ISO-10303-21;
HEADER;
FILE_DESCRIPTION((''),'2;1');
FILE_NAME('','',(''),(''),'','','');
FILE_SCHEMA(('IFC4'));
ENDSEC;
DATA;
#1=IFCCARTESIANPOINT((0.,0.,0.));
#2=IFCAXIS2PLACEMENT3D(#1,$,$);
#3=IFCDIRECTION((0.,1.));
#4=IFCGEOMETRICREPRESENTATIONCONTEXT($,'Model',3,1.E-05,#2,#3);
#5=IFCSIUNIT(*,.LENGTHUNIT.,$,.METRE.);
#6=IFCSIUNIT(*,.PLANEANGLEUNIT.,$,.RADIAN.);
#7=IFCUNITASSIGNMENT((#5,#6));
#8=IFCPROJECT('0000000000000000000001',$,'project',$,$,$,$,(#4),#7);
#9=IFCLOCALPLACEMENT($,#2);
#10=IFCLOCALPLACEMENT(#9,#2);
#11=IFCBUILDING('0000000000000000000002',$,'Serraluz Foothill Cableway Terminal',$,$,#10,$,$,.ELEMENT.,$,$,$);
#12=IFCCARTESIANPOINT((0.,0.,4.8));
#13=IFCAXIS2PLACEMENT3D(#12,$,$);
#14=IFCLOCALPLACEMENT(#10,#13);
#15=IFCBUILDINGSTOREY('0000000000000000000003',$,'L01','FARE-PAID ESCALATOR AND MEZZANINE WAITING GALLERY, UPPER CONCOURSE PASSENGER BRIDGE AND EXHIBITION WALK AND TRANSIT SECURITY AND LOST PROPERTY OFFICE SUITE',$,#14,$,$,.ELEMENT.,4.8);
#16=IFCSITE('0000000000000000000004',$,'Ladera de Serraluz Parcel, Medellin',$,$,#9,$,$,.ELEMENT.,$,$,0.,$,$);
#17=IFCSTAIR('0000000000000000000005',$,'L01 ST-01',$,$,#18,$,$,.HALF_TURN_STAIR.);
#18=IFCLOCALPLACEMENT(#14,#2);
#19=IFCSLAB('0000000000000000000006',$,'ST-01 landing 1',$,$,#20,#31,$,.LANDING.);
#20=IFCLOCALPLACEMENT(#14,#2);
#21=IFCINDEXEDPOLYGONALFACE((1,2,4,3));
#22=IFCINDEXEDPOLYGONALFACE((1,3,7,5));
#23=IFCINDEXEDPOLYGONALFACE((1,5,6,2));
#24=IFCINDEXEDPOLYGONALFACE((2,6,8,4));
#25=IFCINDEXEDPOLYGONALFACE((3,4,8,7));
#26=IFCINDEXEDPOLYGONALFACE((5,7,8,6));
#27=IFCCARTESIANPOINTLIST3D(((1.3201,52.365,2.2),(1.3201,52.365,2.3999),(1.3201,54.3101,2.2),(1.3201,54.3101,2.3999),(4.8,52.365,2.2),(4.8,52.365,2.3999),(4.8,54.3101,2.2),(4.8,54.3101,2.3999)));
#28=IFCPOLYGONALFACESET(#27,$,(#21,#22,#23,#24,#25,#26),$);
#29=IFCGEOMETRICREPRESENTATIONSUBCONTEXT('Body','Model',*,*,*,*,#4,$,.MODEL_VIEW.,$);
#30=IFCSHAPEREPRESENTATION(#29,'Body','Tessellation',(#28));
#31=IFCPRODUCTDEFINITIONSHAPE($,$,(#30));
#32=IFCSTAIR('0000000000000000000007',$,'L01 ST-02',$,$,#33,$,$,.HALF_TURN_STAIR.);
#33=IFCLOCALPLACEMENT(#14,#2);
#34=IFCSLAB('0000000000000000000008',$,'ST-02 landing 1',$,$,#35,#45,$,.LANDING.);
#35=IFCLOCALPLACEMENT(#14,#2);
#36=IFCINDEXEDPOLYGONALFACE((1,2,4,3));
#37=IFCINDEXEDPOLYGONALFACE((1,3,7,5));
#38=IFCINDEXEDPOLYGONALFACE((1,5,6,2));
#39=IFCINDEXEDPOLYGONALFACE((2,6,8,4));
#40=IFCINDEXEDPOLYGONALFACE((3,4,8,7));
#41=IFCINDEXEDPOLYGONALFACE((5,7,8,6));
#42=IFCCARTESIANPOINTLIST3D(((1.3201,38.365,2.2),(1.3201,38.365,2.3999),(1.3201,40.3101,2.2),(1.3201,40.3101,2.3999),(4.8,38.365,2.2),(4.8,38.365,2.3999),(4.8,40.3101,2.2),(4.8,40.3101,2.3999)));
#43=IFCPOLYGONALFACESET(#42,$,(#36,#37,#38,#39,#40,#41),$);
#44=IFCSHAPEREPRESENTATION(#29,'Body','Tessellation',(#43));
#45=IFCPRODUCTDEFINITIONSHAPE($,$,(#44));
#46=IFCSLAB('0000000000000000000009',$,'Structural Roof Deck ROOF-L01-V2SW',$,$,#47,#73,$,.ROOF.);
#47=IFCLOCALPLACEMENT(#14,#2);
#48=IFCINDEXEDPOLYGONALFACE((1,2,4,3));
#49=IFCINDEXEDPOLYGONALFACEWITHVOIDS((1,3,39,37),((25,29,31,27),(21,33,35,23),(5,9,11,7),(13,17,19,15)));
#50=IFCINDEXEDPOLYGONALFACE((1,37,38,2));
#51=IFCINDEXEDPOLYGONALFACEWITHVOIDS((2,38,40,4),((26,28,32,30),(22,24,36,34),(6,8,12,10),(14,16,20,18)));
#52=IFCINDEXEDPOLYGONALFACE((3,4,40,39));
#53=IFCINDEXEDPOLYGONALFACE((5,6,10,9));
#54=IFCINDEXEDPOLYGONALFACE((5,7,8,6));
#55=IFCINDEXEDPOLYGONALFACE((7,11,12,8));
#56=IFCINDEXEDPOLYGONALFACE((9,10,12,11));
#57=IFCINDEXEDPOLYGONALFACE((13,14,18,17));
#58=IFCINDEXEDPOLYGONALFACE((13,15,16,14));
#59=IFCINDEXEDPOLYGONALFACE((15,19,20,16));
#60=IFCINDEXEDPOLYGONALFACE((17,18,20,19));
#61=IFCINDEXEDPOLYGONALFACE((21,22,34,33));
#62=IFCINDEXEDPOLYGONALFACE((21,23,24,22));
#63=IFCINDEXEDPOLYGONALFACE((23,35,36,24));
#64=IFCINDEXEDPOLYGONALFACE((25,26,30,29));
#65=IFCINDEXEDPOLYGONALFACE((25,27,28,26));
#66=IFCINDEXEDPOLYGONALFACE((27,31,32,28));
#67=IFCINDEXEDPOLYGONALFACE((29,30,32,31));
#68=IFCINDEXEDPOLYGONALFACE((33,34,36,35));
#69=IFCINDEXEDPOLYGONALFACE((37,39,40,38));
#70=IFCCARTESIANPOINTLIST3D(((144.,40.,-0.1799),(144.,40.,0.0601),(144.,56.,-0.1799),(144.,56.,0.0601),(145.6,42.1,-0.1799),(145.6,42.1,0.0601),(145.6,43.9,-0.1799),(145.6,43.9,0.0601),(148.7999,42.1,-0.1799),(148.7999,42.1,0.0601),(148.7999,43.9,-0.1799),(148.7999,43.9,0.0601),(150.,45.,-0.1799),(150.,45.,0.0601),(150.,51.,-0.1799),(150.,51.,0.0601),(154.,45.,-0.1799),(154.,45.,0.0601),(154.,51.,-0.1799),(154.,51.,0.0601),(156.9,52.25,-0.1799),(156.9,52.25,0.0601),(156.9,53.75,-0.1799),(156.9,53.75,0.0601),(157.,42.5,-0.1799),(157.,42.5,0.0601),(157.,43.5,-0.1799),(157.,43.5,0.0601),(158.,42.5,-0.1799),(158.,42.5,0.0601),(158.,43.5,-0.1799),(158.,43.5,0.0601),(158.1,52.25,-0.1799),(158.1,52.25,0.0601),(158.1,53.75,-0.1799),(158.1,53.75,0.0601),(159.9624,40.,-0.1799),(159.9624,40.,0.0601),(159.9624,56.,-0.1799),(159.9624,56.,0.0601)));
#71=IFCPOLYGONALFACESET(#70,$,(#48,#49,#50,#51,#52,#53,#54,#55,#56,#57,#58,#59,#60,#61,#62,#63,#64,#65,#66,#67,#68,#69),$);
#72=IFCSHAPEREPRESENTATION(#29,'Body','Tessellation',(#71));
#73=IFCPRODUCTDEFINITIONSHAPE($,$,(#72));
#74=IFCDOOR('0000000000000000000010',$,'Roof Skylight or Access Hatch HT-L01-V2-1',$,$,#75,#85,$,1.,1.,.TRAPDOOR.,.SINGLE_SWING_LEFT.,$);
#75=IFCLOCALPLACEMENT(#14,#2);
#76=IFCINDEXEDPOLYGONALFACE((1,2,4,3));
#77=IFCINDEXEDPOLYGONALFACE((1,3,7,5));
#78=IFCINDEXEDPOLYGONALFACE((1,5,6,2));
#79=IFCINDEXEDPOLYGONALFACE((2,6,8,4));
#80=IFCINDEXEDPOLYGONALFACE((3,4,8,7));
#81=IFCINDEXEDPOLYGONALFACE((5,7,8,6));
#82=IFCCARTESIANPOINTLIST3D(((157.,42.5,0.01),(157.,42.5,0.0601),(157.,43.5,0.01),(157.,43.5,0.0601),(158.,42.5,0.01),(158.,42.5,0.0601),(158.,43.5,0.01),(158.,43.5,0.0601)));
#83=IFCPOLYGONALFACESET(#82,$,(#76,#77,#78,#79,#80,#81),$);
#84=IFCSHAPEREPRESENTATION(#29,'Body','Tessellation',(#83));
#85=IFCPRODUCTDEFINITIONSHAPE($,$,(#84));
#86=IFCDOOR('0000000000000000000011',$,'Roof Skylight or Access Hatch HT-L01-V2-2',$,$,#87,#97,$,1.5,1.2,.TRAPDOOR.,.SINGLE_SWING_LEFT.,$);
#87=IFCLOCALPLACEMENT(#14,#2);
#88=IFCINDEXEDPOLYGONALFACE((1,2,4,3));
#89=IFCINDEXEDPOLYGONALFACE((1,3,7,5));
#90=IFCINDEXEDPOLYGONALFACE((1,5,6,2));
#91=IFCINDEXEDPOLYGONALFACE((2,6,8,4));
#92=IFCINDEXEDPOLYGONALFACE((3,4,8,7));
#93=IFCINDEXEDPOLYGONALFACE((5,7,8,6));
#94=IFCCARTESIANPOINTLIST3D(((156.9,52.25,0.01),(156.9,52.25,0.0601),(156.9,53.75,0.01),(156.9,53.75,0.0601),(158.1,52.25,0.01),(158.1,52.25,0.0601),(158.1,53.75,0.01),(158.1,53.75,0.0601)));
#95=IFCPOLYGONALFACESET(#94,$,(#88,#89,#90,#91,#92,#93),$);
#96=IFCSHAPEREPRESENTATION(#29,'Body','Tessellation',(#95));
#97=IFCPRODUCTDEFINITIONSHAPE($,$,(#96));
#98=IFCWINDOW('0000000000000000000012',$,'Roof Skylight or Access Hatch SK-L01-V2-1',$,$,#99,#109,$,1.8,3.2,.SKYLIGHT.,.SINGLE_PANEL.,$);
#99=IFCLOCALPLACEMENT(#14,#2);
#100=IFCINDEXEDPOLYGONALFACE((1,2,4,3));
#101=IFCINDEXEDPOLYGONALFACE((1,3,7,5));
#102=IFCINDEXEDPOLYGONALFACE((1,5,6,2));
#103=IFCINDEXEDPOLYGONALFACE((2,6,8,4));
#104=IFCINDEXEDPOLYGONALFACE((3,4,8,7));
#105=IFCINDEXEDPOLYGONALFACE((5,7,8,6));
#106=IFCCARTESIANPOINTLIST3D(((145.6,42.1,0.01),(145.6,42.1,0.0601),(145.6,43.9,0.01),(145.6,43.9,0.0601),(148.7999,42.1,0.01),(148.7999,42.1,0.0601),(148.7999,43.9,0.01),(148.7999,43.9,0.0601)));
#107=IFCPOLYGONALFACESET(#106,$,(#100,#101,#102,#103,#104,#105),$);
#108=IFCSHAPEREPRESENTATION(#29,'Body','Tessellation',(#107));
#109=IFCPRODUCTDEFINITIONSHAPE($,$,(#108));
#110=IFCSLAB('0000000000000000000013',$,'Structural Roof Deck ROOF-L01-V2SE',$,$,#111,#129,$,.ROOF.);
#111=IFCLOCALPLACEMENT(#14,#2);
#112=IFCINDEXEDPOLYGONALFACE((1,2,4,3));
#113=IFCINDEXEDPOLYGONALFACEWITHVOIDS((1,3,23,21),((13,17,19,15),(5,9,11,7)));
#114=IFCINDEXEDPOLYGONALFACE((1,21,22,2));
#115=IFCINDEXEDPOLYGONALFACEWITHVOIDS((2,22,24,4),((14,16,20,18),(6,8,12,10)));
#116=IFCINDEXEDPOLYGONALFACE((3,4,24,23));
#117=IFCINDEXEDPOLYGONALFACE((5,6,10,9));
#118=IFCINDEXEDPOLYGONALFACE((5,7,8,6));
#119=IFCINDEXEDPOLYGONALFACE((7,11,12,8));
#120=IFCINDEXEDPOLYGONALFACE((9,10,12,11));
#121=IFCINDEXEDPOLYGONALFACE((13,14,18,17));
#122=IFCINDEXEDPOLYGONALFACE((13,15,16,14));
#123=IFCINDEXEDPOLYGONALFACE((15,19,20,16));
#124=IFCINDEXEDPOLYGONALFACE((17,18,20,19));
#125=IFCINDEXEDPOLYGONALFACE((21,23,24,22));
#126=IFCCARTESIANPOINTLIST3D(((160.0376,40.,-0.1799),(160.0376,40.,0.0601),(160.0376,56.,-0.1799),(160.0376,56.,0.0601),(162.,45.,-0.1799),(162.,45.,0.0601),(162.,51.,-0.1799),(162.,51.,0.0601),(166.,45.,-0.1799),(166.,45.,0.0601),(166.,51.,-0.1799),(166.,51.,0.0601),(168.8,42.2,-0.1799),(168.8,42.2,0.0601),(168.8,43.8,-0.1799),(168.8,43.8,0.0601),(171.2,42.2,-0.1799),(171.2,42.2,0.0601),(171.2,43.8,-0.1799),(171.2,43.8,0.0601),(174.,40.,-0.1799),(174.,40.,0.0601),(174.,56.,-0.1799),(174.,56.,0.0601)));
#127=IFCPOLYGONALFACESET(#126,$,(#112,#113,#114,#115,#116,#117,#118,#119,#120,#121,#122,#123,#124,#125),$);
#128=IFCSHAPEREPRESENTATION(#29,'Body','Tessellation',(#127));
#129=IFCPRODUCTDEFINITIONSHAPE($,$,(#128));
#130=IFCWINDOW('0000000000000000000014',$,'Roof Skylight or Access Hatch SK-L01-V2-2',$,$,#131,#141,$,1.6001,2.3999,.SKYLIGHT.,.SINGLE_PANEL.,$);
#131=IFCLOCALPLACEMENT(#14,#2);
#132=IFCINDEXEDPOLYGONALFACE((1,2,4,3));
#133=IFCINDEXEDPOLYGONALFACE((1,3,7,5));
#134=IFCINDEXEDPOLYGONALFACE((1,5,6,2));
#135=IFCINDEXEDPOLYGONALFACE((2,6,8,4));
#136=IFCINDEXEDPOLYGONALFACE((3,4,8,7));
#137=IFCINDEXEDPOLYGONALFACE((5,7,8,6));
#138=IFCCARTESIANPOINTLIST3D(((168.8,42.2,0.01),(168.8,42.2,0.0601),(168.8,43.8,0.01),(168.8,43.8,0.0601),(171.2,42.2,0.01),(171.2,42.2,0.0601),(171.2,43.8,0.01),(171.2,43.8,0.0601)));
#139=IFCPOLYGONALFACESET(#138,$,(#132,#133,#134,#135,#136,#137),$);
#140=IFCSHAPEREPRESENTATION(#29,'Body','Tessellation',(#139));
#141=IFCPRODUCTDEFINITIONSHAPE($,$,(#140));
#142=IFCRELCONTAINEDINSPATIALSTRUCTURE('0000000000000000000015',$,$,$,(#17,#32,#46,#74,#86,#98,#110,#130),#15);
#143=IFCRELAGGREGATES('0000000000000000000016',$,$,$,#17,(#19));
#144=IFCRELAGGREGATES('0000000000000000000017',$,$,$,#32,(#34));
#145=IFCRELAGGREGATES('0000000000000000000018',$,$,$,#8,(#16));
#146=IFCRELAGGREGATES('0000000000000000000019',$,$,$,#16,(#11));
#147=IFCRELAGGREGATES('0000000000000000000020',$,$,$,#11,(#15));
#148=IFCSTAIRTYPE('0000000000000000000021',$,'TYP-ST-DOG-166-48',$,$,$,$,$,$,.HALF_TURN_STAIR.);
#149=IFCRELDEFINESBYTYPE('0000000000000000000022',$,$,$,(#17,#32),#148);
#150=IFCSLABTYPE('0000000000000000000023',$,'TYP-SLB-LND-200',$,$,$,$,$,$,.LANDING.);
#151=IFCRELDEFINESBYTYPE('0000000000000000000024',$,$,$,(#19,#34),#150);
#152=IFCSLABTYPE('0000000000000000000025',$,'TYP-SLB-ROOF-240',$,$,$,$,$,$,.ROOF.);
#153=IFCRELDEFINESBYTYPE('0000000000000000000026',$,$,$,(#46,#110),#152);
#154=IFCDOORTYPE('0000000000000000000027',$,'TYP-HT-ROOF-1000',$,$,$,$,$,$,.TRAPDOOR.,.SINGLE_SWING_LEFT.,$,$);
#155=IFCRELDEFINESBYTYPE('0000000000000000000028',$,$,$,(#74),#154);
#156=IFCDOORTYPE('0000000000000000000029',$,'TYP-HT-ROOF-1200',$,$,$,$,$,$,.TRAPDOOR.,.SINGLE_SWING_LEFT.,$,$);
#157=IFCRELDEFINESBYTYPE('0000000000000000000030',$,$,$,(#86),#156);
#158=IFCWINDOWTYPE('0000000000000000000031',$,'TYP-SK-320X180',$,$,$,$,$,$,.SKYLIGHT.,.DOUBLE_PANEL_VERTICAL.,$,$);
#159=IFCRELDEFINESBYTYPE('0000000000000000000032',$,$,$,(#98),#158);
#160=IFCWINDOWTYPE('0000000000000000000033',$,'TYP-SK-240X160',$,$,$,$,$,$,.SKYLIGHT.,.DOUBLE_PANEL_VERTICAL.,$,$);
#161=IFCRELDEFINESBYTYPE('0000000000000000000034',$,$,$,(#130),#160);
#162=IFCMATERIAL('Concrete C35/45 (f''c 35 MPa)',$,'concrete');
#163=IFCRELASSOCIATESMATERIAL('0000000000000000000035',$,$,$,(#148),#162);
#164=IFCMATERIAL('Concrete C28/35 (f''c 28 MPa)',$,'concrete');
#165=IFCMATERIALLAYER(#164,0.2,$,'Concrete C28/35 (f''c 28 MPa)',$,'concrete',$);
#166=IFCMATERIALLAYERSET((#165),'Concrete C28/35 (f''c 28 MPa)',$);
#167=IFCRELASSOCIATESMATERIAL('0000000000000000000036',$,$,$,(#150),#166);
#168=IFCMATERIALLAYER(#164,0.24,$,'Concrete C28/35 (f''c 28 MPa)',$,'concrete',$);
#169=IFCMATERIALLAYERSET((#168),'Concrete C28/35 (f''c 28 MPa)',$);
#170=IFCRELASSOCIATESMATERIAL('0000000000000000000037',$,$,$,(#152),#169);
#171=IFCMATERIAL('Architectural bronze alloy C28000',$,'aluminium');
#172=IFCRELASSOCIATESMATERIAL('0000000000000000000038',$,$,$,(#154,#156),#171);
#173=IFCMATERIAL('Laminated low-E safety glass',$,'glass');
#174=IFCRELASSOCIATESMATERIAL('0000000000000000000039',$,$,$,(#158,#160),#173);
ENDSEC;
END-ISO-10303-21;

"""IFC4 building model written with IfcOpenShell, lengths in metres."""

from ifc_helpers import new_model, si_unit, direction, frame, origin, origin_2d, place, context, subcontext, project, spatial, polyline, rectangle, outline, extrude, material, layer, layer_set, type_object, element, fill, aggregate, save


model = new_model("IFC4")

# Units and contexts
model_context = context("Model", 3, precision=1e-05, world=origin(), true_north=direction((0.0, 1.0)))
body_context = subcontext(model_context, "Body", "Model", "MODEL_VIEW")
ifc_project = project(units=[si_unit("LENGTHUNIT", "METRE"), si_unit("PLANEANGLEUNIT", "RADIAN")], contexts=[model_context])

# Site, building, storey
site_placement = place(None, origin())
site = spatial("IfcSite", under=ifc_project, at=site_placement, Name="Ladera de Serraluz Parcel, Medellin", CompositionType="ELEMENT", RefElevation=0.0)
building_placement = place(site_placement, origin())
building = spatial("IfcBuilding", under=site, at=building_placement, Name="Serraluz Foothill Cableway Terminal", CompositionType="ELEMENT")
storey_placement = place(building_placement, frame((0.0, 0.0, 4.8)))
storey = spatial("IfcBuildingStorey", under=building, at=storey_placement, Name="L01", Description="FARE-PAID ESCALATOR AND MEZZANINE WAITING GALLERY, UPPER CONCOURSE PASSENGER BRIDGE AND EXHIBITION WALK AND TRANSIT SECURITY AND LOST PROPERTY OFFICE SUITE", CompositionType="ELEMENT", Elevation=4.8)

# Stairs, slabs
ifc_material_1 = material(Name="Concrete C35/45 (f'c 35 MPa)", Category="concrete")
stair_type = type_object("IfcStairType", Name="TYP-ST-DOG-166-48", PredefinedType="HALF_TURN_STAIR", material=ifc_material_1)
stair_1_placement = place(storey_placement, origin())
stair_1 = element("IfcStair", 1, at=stair_1_placement, inside=storey, type_object=stair_type, Name="L01 ST-01", PredefinedType="HALF_TURN_STAIR")
ifc_material_2 = material(Name="Concrete C28/35 (f'c 28 MPa)", Category="concrete")
ifc_layer_1 = layer(ifc_material_2, 0.2, Name="Concrete C28/35 (f'c 28 MPa)", Category="concrete")
ifc_layer_set_1 = layer_set([ifc_layer_1], Name="Concrete C28/35 (f'c 28 MPa)")
slab_type_1 = type_object("IfcSlabType", Name="TYP-SLB-LND-200", PredefinedType="LANDING", material=ifc_layer_set_1)
slab_1_placement = place(storey_placement, frame((0.0, 0.0, 2.2)))
slab_1 = element("IfcSlab", 2, at=slab_1_placement, type_object=slab_type_1, Name="ST-01 landing 1", PredefinedType="LANDING", context=body_context, shape_type="SweptSolid", body=[
    extrude(outline(polyline([(4.8, 52.365), (4.8, 54.3101), (1.3201, 54.3101), (1.3201, 52.365), (4.8, 52.365)])), origin(), (0.0, 0.0, 1.0), 0.2),
])
aggregate(stair_1, [slab_1])
stair_2_placement = place(storey_placement, origin())
stair_2 = element("IfcStair", 3, at=stair_2_placement, inside=storey, type_object=stair_type, Name="L01 ST-02", PredefinedType="HALF_TURN_STAIR")
slab_2_placement = place(storey_placement, frame((0.0, 0.0, 2.2)))
slab_2 = element("IfcSlab", 4, at=slab_2_placement, type_object=slab_type_1, Name="ST-02 landing 1", PredefinedType="LANDING", context=body_context, shape_type="SweptSolid", body=[
    extrude(outline(polyline([(4.8, 38.365), (4.8, 40.3101), (1.3201, 40.3101), (1.3201, 38.365), (4.8, 38.365)])), origin(), (0.0, 0.0, 1.0), 0.2),
])
aggregate(stair_2, [slab_2])

# Slab, openings, doors, window
ifc_layer_2 = layer(ifc_material_2, 0.24, Name="Concrete C28/35 (f'c 28 MPa)", Category="concrete")
ifc_layer_set_2 = layer_set([ifc_layer_2], Name="Concrete C28/35 (f'c 28 MPa)")
slab_type_2 = type_object("IfcSlabType", Name="TYP-SLB-ROOF-240", PredefinedType="ROOF", material=ifc_layer_set_2)
slab_3_placement = place(storey_placement, frame((0.0, 0.0, -0.1799)))
slab_3 = element("IfcSlab", 5, at=slab_3_placement, inside=storey, type_object=slab_type_2, Name="Structural Roof Deck ROOF-L01-V2SW", PredefinedType="ROOF", context=body_context, shape_type="SweptSolid", body=[
    extrude(outline(polyline([(144.0, 40.0), (159.9624, 40.0), (159.9624, 56.0), (144.0, 56.0), (144.0, 40.0)]), holes=[polyline([(150.0, 45.0), (154.0, 45.0), (154.0, 51.0), (150.0, 51.0), (150.0, 45.0)])]), origin(), (0.0, 0.0, 1.0), 0.24),
])
opening_1_placement = place(slab_3_placement, frame((147.2, 43.0, -0.01)))
opening_1 = element("IfcOpeningElement", 6, at=opening_1_placement, cuts=slab_3, PredefinedType="OPENING", context=body_context, shape_type="SweptSolid", body=[
    extrude(rectangle(XDim=3.2, YDim=1.8, at=origin_2d()), origin(), (0.0, 0.0, 1.0), 0.26),
])
opening_2_placement = place(slab_3_placement, frame((157.5, 43.0, -0.01)))
opening_2 = element("IfcOpeningElement", 7, at=opening_2_placement, cuts=slab_3, PredefinedType="OPENING", context=body_context, shape_type="SweptSolid", body=[
    extrude(rectangle(XDim=1.0, YDim=1.0, at=origin_2d()), origin(), (0.0, 0.0, 1.0), 0.26),
])
opening_3_placement = place(slab_3_placement, frame((157.5, 53.0, -0.01)))
opening_3 = element("IfcOpeningElement", 8, at=opening_3_placement, cuts=slab_3, PredefinedType="OPENING", context=body_context, shape_type="SweptSolid", body=[
    extrude(rectangle(XDim=1.2, YDim=1.5, at=origin_2d()), origin(), (0.0, 0.0, 1.0), 0.26),
])
ifc_material_3 = material(Name="Architectural bronze alloy C28000", Category="aluminium")
door_type_1 = type_object("IfcDoorType", Name="TYP-HT-ROOF-1000", OperationType="SINGLE_SWING_LEFT", PredefinedType="TRAPDOOR", material=ifc_material_3)
door_1_placement = place(slab_3_placement, frame((157.5, 43.0, 0.1899)))
door_1 = element("IfcDoor", 9, at=door_1_placement, inside=storey, type_object=door_type_1, Name="Roof Skylight or Access Hatch HT-L01-V2-1", OperationType="SINGLE_SWING_LEFT", OverallHeight=1.0, OverallWidth=1.0, PredefinedType="TRAPDOOR", context=body_context, shape_type="SweptSolid", body=[
    extrude(rectangle(XDim=1.0, YDim=1.0, at=origin_2d()), origin(), (0.0, 0.0, 1.0), 0.05),
])
fill(opening_2, door_1)
door_type_2 = type_object("IfcDoorType", Name="TYP-HT-ROOF-1200", OperationType="SINGLE_SWING_LEFT", PredefinedType="TRAPDOOR", material=ifc_material_3)
door_2_placement = place(slab_3_placement, frame((157.5, 53.0, 0.1899)))
door_2 = element("IfcDoor", 10, at=door_2_placement, inside=storey, type_object=door_type_2, Name="Roof Skylight or Access Hatch HT-L01-V2-2", OperationType="SINGLE_SWING_LEFT", OverallHeight=1.5, OverallWidth=1.2, PredefinedType="TRAPDOOR", context=body_context, shape_type="SweptSolid", body=[
    extrude(rectangle(XDim=1.2, YDim=1.5, at=origin_2d()), origin(), (0.0, 0.0, 1.0), 0.05),
])
fill(opening_3, door_2)
ifc_material_4 = material(Name="Laminated low-E safety glass", Category="glass")
window_type_1 = type_object("IfcWindowType", Name="TYP-SK-320X180", PartitioningType="DOUBLE_PANEL_VERTICAL", PredefinedType="SKYLIGHT", material=ifc_material_4)
window_1_placement = place(slab_3_placement, frame((147.2, 43.0, 0.1899)))
window_1 = element("IfcWindow", 11, at=window_1_placement, inside=storey, type_object=window_type_1, Name="Roof Skylight or Access Hatch SK-L01-V2-1", OverallHeight=1.8, OverallWidth=3.2, PartitioningType="SINGLE_PANEL", PredefinedType="SKYLIGHT", context=body_context, shape_type="SweptSolid", body=[
    extrude(rectangle(XDim=3.2, YDim=1.8, at=origin_2d()), origin(), (0.0, 0.0, 1.0), 0.05),
])
fill(opening_1, window_1)

# Slab, opening, window
slab_4_placement = place(storey_placement, frame((0.0, 0.0, -0.1799)))
slab_4 = element("IfcSlab", 12, at=slab_4_placement, inside=storey, type_object=slab_type_2, Name="Structural Roof Deck ROOF-L01-V2SE", PredefinedType="ROOF", context=body_context, shape_type="SweptSolid", body=[
    extrude(outline(polyline([(160.0376, 40.0), (174.0, 40.0), (174.0, 56.0), (160.0376, 56.0), (160.0376, 40.0)]), holes=[polyline([(162.0, 45.0), (166.0, 45.0), (166.0, 51.0), (162.0, 51.0), (162.0, 45.0)])]), origin(), (0.0, 0.0, 1.0), 0.24),
])
opening_4_placement = place(slab_4_placement, frame((170.0, 43.0, -0.01)))
opening_4 = element("IfcOpeningElement", 13, at=opening_4_placement, cuts=slab_4, PredefinedType="OPENING", context=body_context, shape_type="SweptSolid", body=[
    extrude(rectangle(XDim=2.3999, YDim=1.6001, at=origin_2d()), origin(), (0.0, 0.0, 1.0), 0.26),
])
window_type_2 = type_object("IfcWindowType", Name="TYP-SK-240X160", PartitioningType="DOUBLE_PANEL_VERTICAL", PredefinedType="SKYLIGHT", material=ifc_material_4)
window_2_placement = place(slab_4_placement, frame((170.0, 43.0, 0.1899)))
window_2 = element("IfcWindow", 14, at=window_2_placement, inside=storey, type_object=window_type_2, Name="Roof Skylight or Access Hatch SK-L01-V2-2", OverallHeight=1.6001, OverallWidth=2.3999, PartitioningType="SINGLE_PANEL", PredefinedType="SKYLIGHT", context=body_context, shape_type="SweptSolid", body=[
    extrude(rectangle(XDim=2.3999, YDim=1.6001, at=origin_2d()), origin(), (0.0, 0.0, 1.0), 0.05),
])
fill(opening_4, window_2)

save(model, "model.ifc")
